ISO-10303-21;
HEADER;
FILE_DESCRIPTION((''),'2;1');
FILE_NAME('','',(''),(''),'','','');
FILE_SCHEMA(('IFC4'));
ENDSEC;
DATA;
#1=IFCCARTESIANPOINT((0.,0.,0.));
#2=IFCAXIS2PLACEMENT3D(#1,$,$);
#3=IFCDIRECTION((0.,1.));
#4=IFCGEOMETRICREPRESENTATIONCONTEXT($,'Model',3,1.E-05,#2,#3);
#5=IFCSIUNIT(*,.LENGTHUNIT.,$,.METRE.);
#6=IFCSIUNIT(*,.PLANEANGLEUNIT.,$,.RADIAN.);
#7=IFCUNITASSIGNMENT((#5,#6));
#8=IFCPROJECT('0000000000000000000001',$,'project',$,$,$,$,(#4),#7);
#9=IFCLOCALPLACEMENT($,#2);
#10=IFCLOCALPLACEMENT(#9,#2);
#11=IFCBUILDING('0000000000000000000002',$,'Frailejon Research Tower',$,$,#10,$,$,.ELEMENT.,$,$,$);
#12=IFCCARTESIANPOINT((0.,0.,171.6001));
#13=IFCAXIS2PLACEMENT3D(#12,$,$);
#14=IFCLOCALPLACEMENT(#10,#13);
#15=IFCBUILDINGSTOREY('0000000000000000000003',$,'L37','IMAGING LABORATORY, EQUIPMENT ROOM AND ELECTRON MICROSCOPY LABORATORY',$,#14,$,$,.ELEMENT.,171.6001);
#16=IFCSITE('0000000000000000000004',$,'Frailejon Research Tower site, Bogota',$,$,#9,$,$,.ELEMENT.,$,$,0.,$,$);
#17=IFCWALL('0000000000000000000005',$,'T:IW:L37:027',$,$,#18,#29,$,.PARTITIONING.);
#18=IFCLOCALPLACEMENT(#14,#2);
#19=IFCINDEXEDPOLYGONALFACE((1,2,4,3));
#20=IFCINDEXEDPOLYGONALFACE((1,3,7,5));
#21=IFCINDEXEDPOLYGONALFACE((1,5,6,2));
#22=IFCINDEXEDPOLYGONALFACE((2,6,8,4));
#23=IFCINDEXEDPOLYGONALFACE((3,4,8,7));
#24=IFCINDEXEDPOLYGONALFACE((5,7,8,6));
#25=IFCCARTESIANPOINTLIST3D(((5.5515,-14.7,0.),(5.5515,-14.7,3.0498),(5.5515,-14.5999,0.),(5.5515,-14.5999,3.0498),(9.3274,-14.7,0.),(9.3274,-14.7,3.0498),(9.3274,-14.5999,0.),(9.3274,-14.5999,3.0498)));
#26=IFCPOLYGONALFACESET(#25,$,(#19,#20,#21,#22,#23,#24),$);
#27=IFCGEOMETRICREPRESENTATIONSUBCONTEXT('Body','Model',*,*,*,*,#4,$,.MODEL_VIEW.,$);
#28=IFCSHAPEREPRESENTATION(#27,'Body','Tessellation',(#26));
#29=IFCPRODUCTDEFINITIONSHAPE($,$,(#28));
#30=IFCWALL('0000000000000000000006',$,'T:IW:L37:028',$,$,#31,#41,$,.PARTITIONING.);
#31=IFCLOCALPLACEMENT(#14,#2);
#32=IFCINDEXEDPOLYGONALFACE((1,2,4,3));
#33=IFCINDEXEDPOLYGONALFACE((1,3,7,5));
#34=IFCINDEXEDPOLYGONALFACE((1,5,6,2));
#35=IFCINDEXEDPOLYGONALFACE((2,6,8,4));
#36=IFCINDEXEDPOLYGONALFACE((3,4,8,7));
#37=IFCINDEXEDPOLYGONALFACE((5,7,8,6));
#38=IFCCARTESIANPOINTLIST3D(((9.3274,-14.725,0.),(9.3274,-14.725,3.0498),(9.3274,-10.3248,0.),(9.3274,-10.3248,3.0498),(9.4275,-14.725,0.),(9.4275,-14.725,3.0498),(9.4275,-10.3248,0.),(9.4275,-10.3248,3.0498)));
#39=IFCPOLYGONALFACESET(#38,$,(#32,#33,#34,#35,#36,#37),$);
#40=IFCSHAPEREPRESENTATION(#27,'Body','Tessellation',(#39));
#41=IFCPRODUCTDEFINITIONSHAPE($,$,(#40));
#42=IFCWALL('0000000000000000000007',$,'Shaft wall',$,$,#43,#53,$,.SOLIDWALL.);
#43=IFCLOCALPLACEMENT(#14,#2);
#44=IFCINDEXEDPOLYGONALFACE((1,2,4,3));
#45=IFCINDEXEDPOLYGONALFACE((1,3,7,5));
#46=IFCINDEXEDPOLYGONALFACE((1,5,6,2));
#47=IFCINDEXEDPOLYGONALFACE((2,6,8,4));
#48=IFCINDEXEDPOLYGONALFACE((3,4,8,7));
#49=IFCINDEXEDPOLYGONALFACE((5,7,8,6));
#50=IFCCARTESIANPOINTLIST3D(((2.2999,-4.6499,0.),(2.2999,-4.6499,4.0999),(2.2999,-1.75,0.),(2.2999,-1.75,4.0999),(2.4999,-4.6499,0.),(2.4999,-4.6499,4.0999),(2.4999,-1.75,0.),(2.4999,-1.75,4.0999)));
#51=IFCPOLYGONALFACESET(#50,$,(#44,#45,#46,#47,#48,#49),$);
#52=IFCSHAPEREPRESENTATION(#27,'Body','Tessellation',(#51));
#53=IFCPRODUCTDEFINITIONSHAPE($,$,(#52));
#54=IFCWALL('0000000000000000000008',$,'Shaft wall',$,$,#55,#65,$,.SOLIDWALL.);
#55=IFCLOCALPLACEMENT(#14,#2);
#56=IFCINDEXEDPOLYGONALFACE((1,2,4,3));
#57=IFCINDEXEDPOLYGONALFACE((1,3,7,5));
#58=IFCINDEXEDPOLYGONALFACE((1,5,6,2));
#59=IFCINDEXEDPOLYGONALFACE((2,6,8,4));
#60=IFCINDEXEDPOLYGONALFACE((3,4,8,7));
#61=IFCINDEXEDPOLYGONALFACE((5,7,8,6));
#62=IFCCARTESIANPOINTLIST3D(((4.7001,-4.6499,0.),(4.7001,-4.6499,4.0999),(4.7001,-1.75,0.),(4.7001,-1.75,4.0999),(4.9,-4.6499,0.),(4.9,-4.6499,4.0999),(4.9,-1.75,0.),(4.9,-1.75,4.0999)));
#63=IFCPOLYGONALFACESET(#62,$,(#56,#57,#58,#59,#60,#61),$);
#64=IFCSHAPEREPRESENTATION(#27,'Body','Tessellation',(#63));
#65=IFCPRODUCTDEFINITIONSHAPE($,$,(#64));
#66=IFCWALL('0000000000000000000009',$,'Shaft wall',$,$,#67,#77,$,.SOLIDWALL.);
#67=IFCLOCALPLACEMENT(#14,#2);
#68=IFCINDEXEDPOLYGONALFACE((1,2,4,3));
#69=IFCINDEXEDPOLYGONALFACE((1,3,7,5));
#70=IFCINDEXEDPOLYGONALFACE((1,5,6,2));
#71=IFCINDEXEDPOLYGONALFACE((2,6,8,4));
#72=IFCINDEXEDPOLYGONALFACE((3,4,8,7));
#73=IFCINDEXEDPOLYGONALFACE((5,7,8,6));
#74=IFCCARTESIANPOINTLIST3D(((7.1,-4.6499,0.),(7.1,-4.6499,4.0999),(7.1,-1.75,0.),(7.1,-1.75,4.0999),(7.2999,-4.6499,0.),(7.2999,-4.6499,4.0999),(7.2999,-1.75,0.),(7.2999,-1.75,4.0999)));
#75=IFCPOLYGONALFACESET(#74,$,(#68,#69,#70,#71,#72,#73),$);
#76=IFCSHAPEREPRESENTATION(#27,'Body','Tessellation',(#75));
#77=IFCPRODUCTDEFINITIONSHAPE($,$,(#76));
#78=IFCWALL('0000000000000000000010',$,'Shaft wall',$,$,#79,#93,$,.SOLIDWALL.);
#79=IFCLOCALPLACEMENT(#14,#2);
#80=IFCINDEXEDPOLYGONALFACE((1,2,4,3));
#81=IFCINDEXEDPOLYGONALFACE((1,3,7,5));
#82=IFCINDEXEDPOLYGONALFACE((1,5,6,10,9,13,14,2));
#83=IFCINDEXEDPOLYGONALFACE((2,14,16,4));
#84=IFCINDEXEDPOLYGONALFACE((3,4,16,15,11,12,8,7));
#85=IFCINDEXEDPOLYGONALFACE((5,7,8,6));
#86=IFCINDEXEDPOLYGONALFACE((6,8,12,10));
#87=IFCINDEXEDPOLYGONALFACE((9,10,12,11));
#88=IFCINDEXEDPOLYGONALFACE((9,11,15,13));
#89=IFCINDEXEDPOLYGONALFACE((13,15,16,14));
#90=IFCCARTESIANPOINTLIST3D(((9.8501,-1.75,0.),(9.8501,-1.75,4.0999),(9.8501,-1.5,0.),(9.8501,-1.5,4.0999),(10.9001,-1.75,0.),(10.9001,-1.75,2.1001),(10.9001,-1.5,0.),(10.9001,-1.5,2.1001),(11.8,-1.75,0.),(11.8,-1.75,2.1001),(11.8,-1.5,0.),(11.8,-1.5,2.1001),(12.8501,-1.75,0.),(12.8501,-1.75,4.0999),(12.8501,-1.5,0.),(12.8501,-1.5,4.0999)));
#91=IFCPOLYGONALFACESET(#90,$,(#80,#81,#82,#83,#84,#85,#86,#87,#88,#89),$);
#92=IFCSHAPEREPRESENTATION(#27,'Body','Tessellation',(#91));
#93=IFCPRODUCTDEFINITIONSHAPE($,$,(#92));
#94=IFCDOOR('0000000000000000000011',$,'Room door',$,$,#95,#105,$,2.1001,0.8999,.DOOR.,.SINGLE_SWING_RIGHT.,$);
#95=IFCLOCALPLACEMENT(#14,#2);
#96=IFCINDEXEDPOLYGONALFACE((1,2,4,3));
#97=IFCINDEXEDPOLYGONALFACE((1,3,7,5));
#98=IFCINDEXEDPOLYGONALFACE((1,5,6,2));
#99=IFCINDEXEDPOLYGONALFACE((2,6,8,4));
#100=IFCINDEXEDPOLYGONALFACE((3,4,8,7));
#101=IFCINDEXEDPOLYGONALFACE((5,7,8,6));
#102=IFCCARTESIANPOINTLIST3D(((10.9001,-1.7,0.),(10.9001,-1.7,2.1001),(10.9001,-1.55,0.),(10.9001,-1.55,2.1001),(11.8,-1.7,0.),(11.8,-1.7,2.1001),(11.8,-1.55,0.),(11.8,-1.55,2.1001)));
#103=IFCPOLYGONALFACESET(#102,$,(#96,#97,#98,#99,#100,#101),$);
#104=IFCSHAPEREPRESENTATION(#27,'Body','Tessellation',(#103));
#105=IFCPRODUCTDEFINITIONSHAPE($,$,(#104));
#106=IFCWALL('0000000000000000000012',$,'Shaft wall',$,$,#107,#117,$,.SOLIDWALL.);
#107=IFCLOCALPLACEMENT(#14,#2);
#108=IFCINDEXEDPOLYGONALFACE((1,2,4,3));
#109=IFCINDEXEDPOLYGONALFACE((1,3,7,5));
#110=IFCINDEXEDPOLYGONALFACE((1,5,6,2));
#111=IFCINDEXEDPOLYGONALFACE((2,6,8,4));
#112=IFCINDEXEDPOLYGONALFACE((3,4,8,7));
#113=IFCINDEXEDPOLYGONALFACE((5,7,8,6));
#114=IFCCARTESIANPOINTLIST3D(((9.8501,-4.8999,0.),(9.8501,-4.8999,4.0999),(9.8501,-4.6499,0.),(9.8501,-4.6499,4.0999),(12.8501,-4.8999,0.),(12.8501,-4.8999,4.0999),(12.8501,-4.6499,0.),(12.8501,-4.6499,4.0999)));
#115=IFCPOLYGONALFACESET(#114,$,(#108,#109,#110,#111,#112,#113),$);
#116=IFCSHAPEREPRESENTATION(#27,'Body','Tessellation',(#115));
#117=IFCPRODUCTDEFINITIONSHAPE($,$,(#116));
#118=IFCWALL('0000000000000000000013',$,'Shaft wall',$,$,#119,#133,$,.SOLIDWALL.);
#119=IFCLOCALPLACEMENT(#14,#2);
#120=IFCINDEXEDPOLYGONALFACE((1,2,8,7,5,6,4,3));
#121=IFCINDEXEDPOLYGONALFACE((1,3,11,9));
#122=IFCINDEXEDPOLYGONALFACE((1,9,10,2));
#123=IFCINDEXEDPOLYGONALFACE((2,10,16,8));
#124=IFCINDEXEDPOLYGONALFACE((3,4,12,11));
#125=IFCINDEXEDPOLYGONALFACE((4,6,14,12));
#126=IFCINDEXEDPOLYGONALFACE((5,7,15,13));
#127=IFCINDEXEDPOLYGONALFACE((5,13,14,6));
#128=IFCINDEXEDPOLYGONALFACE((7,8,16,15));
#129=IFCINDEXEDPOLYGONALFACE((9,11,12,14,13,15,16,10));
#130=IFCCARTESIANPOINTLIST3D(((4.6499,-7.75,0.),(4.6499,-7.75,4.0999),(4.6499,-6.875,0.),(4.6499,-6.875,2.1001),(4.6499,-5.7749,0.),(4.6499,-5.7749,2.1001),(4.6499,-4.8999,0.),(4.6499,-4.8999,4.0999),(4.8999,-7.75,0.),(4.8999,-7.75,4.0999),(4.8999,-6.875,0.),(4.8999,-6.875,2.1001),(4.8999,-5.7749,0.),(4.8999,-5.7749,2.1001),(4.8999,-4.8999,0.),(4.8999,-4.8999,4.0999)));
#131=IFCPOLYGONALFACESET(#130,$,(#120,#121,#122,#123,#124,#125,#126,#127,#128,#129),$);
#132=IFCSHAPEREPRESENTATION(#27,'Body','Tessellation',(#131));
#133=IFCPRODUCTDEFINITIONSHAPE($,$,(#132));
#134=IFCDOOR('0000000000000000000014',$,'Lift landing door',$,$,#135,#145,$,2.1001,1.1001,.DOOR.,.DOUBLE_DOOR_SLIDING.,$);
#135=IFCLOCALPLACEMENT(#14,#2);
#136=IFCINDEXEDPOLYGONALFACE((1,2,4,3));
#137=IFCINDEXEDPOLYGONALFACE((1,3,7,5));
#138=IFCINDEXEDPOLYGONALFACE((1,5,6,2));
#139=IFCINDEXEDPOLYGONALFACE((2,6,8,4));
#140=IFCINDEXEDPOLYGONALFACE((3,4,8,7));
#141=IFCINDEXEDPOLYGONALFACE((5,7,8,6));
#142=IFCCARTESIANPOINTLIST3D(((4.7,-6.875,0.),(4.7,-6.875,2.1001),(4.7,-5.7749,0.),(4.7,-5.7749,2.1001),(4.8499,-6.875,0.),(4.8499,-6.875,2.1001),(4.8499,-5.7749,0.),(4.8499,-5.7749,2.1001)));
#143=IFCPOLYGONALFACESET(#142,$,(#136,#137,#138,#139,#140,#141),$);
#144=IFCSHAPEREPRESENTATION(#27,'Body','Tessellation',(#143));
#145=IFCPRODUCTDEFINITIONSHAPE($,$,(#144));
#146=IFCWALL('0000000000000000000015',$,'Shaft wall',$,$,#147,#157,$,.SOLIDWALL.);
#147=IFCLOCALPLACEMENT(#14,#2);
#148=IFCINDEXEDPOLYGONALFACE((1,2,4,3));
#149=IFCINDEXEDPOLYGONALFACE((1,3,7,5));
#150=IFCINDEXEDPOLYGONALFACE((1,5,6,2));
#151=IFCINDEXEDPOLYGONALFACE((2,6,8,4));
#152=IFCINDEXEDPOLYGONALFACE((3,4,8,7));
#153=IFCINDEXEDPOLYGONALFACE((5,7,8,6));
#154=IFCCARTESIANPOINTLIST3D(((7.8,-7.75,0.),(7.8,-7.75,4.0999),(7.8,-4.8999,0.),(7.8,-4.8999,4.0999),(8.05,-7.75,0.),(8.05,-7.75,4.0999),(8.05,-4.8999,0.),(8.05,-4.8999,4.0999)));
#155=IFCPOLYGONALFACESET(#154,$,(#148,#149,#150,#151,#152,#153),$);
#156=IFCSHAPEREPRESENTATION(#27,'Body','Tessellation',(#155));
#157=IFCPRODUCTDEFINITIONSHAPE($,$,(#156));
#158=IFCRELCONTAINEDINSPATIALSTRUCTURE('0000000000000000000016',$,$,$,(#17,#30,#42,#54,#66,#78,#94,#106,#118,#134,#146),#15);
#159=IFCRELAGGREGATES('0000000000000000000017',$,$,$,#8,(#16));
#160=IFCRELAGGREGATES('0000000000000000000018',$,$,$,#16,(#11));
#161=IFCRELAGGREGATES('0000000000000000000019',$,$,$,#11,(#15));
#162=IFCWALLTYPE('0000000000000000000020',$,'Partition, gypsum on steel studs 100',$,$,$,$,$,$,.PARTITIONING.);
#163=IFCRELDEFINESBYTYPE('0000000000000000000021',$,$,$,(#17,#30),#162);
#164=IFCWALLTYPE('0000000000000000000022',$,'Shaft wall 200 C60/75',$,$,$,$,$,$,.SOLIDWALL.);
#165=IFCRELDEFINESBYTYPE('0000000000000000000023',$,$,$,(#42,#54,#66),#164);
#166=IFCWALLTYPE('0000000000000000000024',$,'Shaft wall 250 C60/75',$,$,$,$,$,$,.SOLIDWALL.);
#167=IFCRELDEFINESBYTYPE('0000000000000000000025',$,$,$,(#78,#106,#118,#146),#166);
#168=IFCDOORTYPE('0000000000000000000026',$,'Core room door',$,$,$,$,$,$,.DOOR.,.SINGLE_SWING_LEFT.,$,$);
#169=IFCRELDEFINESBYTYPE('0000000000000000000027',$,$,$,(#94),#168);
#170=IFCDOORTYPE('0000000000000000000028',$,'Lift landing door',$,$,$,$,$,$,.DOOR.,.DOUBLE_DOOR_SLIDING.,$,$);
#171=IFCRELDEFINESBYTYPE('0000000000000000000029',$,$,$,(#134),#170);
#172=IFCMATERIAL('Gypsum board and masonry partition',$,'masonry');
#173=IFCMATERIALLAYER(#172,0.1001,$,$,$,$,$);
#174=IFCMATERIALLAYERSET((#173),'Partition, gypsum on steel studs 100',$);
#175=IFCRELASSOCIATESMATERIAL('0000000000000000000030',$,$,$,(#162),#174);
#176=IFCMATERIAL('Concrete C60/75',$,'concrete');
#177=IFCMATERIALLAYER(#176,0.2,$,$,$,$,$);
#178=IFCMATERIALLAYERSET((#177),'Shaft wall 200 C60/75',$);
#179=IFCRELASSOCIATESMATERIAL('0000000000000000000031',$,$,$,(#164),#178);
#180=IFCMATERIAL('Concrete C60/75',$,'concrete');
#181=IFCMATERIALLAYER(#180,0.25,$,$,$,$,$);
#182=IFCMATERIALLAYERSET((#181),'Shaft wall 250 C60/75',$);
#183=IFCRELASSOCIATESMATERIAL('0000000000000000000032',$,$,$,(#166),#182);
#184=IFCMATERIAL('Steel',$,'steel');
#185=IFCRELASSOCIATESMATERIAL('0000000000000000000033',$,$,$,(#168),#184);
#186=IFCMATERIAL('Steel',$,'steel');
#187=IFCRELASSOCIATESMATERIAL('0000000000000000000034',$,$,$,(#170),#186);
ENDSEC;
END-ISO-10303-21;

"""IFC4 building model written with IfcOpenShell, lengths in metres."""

from ifc_helpers import new_model, si_unit, direction, frame, frame_2d, origin, place, context, subcontext, project, spatial, rectangle, extrude, material, layer, layer_set, type_object, element, fill, save


model = new_model("IFC4")

# Units and contexts
model_context = context("Model", 3, precision=1e-05, world=origin(), true_north=direction((0.0, 1.0)))
body_context = subcontext(model_context, "Body", "Model", "MODEL_VIEW")
ifc_project = project(units=[si_unit("LENGTHUNIT", "METRE"), si_unit("PLANEANGLEUNIT", "RADIAN")], contexts=[model_context])

# Site, building, storey
site_placement = place(None, origin())
site = spatial("IfcSite", under=ifc_project, at=site_placement, Name="Frailejon Research Tower site, Bogota", CompositionType="ELEMENT", RefElevation=0.0)
building_placement = place(site_placement, origin())
building = spatial("IfcBuilding", under=site, at=building_placement, Name="Frailejon Research Tower", CompositionType="ELEMENT")
storey_placement = place(building_placement, frame((0.0, 0.0, 171.6001)))
storey = spatial("IfcBuildingStorey", under=building, at=storey_placement, Name="L37", Description="IMAGING LABORATORY, EQUIPMENT ROOM AND ELECTRON MICROSCOPY LABORATORY", CompositionType="ELEMENT", Elevation=171.6001)

# Walls
ifc_material_1 = material(Name="Gypsum board and masonry partition", Category="masonry")
ifc_layer_1 = layer(ifc_material_1, 0.1001)
ifc_layer_set_1 = layer_set([ifc_layer_1], Name="Partition, gypsum on steel studs 100")
wall_type_1 = type_object("IfcWallType", Name="Partition, gypsum on steel studs 100", PredefinedType="PARTITIONING", material=ifc_layer_set_1)
wall_1_placement = place(storey_placement, frame((5.5515, -14.6499, 0.0), z_axis=(0.0, 0.0, 1.0), x_axis=(1.0, 0.0, 0.0)))
element("IfcWall", 1, at=wall_1_placement, inside=storey, type_object=wall_type_1, Name="T:IW:L37:027", PredefinedType="PARTITIONING", context=body_context, shape_type="SweptSolid", body=[
    extrude(rectangle(XDim=3.7759, YDim=0.1001, at=frame_2d((1.8879, 0.0))), origin(), (0.0, 0.0, 1.0), 3.0498),
])
wall_2_placement = place(storey_placement, frame((9.3774, -14.7251, 0.0), z_axis=(0.0, 0.0, 1.0), x_axis=(0.0, 1.0, 0.0)))
element("IfcWall", 2, at=wall_2_placement, inside=storey, type_object=wall_type_1, Name="T:IW:L37:028", PredefinedType="PARTITIONING", context=body_context, shape_type="SweptSolid", body=[
    extrude(rectangle(XDim=4.4001, YDim=0.1001, at=frame_2d((2.2002, 0.0))), origin(), (0.0, 0.0, 1.0), 3.0498),
])
ifc_material_2 = material(Name="Concrete C60/75", Category="concrete")
ifc_layer_2 = layer(ifc_material_2, 0.2)
ifc_layer_set_2 = layer_set([ifc_layer_2], Name="Shaft wall 200 C60/75")
wall_type_2 = type_object("IfcWallType", Name="Shaft wall 200 C60/75", PredefinedType="SOLIDWALL", material=ifc_layer_set_2)
for number, where, z_axis, x_axis, name in (
    (3, (2.3999, -4.6499, 0.0), (0.0, 0.0, 1.0), (0.0, 1.0, 0.0), "Shaft wall"),
    (4, (4.8, -4.6499, 0.0), (0.0, 0.0, 1.0), (0.0, 1.0, 0.0), "Shaft wall"),
    (5, (7.2, -4.6499, 0.0), (0.0, 0.0, 1.0), (0.0, 1.0, 0.0), "Shaft wall"),
):
    element("IfcWall", number, at=place(storey_placement, frame(where, z_axis=z_axis, x_axis=x_axis)), inside=storey, type_object=wall_type_2, Name=name, PredefinedType="SOLIDWALL", context=body_context, shape_type="SweptSolid", body=[
        extrude(rectangle(XDim=2.8999, YDim=0.2, at=frame_2d((1.45, 0.0))), origin(), (0.0, 0.0, 1.0), 4.0999),
    ])

# Wall, opening, door
ifc_material_3 = material(Name="Concrete C60/75", Category="concrete")
ifc_layer_3 = layer(ifc_material_3, 0.25)
ifc_layer_set_3 = layer_set([ifc_layer_3], Name="Shaft wall 250 C60/75")
wall_type_3 = type_object("IfcWallType", Name="Shaft wall 250 C60/75", PredefinedType="SOLIDWALL", material=ifc_layer_set_3)
wall_3_placement = place(storey_placement, frame((9.8501, -1.625, 0.0), z_axis=(0.0, 0.0, 1.0), x_axis=(1.0, 0.0, 0.0)))
wall_3 = element("IfcWall", 6, at=wall_3_placement, inside=storey, type_object=wall_type_3, Name="Shaft wall", PredefinedType="SOLIDWALL", context=body_context, shape_type="SweptSolid", body=[
    extrude(rectangle(XDim=3.0, YDim=0.25, at=frame_2d((1.5, 0.0))), origin(), (0.0, 0.0, 1.0), 4.0999),
])
opening_1_placement = place(wall_3_placement, frame((1.05, 0.0, 0.0)))
opening_1 = element("IfcOpeningElement", 7, at=opening_1_placement, cuts=wall_3, PredefinedType="OPENING", context=body_context, shape_type="SweptSolid", body=[
    extrude(rectangle(XDim=0.8999, YDim=2.1001, at=frame_2d((0.45, 1.05))), frame((0.0, 0.135, 0.0), z_axis=(0.0, -1.0, 0.0), x_axis=(1.0, 0.0, 0.0)), (0.0, 0.0, 1.0), 0.27),
])
ifc_material_4 = material(Name="Steel", Category="steel")
door_type_1 = type_object("IfcDoorType", Name="Core room door", OperationType="SINGLE_SWING_LEFT", PredefinedType="DOOR", material=ifc_material_4)
door_1_placement = place(opening_1_placement, origin())
door_1 = element("IfcDoor", 8, at=door_1_placement, inside=storey, type_object=door_type_1, Name="Room door", OperationType="SINGLE_SWING_RIGHT", OverallHeight=2.1001, OverallWidth=0.8999, PredefinedType="DOOR", context=body_context, shape_type="SweptSolid", body=[
    extrude(rectangle(XDim=0.8999, YDim=2.1001, at=frame_2d((0.45, 1.05))), frame((0.0, 0.075, 0.0), z_axis=(0.0, -1.0, 0.0), x_axis=(1.0, 0.0, 0.0)), (0.0, 0.0, 1.0), 0.1499),
])
fill(opening_1, door_1)

# Wall
wall_4_placement = place(storey_placement, frame((9.8501, -4.7749, 0.0), z_axis=(0.0, 0.0, 1.0), x_axis=(1.0, 0.0, 0.0)))
element("IfcWall", 9, at=wall_4_placement, inside=storey, type_object=wall_type_3, Name="Shaft wall", PredefinedType="SOLIDWALL", context=body_context, shape_type="SweptSolid", body=[
    extrude(rectangle(XDim=3.0, YDim=0.25, at=frame_2d((1.5, 0.0))), origin(), (0.0, 0.0, 1.0), 4.0999),
])

# Wall, opening, door
wall_5_placement = place(storey_placement, frame((4.7749, -7.75, 0.0), z_axis=(0.0, 0.0, 1.0), x_axis=(0.0, 1.0, 0.0)))
wall_5 = element("IfcWall", 10, at=wall_5_placement, inside=storey, type_object=wall_type_3, Name="Shaft wall", PredefinedType="SOLIDWALL", context=body_context, shape_type="SweptSolid", body=[
    extrude(rectangle(XDim=2.8501, YDim=0.25, at=frame_2d((1.425, 0.0))), origin(), (0.0, 0.0, 1.0), 4.0999),
])
opening_2_placement = place(wall_5_placement, frame((0.875, 0.0, 0.0)))
opening_2 = element("IfcOpeningElement", 11, at=opening_2_placement, cuts=wall_5, PredefinedType="OPENING", context=body_context, shape_type="SweptSolid", body=[
    extrude(rectangle(XDim=1.1001, YDim=2.1001, at=frame_2d((0.55, 1.05))), frame((0.0, 0.135, 0.0), z_axis=(0.0, -1.0, 0.0), x_axis=(1.0, 0.0, 0.0)), (0.0, 0.0, 1.0), 0.27),
])
ifc_material_5 = material(Name="Steel", Category="steel")
door_type_2 = type_object("IfcDoorType", Name="Lift landing door", OperationType="DOUBLE_DOOR_SLIDING", PredefinedType="DOOR", material=ifc_material_5)
door_2_placement = place(opening_2_placement, origin())
door_2 = element("IfcDoor", 12, at=door_2_placement, inside=storey, type_object=door_type_2, Name="Lift landing door", OperationType="DOUBLE_DOOR_SLIDING", OverallHeight=2.1001, OverallWidth=1.1001, PredefinedType="DOOR", context=body_context, shape_type="SweptSolid", body=[
    extrude(rectangle(XDim=1.1001, YDim=2.1001, at=frame_2d((0.55, 1.05))), frame((0.0, 0.075, 0.0), z_axis=(0.0, -1.0, 0.0), x_axis=(1.0, 0.0, 0.0)), (0.0, 0.0, 1.0), 0.1499),
])
fill(opening_2, door_2)

# Wall
wall_6_placement = place(storey_placement, frame((7.925, -7.75, 0.0), z_axis=(0.0, 0.0, 1.0), x_axis=(0.0, 1.0, 0.0)))
element("IfcWall", 13, at=wall_6_placement, inside=storey, type_object=wall_type_3, Name="Shaft wall", PredefinedType="SOLIDWALL", context=body_context, shape_type="SweptSolid", body=[
    extrude(rectangle(XDim=2.8501, YDim=0.25, at=frame_2d((1.425, 0.0))), origin(), (0.0, 0.0, 1.0), 4.0999),
])

save(model, "model.ifc")
